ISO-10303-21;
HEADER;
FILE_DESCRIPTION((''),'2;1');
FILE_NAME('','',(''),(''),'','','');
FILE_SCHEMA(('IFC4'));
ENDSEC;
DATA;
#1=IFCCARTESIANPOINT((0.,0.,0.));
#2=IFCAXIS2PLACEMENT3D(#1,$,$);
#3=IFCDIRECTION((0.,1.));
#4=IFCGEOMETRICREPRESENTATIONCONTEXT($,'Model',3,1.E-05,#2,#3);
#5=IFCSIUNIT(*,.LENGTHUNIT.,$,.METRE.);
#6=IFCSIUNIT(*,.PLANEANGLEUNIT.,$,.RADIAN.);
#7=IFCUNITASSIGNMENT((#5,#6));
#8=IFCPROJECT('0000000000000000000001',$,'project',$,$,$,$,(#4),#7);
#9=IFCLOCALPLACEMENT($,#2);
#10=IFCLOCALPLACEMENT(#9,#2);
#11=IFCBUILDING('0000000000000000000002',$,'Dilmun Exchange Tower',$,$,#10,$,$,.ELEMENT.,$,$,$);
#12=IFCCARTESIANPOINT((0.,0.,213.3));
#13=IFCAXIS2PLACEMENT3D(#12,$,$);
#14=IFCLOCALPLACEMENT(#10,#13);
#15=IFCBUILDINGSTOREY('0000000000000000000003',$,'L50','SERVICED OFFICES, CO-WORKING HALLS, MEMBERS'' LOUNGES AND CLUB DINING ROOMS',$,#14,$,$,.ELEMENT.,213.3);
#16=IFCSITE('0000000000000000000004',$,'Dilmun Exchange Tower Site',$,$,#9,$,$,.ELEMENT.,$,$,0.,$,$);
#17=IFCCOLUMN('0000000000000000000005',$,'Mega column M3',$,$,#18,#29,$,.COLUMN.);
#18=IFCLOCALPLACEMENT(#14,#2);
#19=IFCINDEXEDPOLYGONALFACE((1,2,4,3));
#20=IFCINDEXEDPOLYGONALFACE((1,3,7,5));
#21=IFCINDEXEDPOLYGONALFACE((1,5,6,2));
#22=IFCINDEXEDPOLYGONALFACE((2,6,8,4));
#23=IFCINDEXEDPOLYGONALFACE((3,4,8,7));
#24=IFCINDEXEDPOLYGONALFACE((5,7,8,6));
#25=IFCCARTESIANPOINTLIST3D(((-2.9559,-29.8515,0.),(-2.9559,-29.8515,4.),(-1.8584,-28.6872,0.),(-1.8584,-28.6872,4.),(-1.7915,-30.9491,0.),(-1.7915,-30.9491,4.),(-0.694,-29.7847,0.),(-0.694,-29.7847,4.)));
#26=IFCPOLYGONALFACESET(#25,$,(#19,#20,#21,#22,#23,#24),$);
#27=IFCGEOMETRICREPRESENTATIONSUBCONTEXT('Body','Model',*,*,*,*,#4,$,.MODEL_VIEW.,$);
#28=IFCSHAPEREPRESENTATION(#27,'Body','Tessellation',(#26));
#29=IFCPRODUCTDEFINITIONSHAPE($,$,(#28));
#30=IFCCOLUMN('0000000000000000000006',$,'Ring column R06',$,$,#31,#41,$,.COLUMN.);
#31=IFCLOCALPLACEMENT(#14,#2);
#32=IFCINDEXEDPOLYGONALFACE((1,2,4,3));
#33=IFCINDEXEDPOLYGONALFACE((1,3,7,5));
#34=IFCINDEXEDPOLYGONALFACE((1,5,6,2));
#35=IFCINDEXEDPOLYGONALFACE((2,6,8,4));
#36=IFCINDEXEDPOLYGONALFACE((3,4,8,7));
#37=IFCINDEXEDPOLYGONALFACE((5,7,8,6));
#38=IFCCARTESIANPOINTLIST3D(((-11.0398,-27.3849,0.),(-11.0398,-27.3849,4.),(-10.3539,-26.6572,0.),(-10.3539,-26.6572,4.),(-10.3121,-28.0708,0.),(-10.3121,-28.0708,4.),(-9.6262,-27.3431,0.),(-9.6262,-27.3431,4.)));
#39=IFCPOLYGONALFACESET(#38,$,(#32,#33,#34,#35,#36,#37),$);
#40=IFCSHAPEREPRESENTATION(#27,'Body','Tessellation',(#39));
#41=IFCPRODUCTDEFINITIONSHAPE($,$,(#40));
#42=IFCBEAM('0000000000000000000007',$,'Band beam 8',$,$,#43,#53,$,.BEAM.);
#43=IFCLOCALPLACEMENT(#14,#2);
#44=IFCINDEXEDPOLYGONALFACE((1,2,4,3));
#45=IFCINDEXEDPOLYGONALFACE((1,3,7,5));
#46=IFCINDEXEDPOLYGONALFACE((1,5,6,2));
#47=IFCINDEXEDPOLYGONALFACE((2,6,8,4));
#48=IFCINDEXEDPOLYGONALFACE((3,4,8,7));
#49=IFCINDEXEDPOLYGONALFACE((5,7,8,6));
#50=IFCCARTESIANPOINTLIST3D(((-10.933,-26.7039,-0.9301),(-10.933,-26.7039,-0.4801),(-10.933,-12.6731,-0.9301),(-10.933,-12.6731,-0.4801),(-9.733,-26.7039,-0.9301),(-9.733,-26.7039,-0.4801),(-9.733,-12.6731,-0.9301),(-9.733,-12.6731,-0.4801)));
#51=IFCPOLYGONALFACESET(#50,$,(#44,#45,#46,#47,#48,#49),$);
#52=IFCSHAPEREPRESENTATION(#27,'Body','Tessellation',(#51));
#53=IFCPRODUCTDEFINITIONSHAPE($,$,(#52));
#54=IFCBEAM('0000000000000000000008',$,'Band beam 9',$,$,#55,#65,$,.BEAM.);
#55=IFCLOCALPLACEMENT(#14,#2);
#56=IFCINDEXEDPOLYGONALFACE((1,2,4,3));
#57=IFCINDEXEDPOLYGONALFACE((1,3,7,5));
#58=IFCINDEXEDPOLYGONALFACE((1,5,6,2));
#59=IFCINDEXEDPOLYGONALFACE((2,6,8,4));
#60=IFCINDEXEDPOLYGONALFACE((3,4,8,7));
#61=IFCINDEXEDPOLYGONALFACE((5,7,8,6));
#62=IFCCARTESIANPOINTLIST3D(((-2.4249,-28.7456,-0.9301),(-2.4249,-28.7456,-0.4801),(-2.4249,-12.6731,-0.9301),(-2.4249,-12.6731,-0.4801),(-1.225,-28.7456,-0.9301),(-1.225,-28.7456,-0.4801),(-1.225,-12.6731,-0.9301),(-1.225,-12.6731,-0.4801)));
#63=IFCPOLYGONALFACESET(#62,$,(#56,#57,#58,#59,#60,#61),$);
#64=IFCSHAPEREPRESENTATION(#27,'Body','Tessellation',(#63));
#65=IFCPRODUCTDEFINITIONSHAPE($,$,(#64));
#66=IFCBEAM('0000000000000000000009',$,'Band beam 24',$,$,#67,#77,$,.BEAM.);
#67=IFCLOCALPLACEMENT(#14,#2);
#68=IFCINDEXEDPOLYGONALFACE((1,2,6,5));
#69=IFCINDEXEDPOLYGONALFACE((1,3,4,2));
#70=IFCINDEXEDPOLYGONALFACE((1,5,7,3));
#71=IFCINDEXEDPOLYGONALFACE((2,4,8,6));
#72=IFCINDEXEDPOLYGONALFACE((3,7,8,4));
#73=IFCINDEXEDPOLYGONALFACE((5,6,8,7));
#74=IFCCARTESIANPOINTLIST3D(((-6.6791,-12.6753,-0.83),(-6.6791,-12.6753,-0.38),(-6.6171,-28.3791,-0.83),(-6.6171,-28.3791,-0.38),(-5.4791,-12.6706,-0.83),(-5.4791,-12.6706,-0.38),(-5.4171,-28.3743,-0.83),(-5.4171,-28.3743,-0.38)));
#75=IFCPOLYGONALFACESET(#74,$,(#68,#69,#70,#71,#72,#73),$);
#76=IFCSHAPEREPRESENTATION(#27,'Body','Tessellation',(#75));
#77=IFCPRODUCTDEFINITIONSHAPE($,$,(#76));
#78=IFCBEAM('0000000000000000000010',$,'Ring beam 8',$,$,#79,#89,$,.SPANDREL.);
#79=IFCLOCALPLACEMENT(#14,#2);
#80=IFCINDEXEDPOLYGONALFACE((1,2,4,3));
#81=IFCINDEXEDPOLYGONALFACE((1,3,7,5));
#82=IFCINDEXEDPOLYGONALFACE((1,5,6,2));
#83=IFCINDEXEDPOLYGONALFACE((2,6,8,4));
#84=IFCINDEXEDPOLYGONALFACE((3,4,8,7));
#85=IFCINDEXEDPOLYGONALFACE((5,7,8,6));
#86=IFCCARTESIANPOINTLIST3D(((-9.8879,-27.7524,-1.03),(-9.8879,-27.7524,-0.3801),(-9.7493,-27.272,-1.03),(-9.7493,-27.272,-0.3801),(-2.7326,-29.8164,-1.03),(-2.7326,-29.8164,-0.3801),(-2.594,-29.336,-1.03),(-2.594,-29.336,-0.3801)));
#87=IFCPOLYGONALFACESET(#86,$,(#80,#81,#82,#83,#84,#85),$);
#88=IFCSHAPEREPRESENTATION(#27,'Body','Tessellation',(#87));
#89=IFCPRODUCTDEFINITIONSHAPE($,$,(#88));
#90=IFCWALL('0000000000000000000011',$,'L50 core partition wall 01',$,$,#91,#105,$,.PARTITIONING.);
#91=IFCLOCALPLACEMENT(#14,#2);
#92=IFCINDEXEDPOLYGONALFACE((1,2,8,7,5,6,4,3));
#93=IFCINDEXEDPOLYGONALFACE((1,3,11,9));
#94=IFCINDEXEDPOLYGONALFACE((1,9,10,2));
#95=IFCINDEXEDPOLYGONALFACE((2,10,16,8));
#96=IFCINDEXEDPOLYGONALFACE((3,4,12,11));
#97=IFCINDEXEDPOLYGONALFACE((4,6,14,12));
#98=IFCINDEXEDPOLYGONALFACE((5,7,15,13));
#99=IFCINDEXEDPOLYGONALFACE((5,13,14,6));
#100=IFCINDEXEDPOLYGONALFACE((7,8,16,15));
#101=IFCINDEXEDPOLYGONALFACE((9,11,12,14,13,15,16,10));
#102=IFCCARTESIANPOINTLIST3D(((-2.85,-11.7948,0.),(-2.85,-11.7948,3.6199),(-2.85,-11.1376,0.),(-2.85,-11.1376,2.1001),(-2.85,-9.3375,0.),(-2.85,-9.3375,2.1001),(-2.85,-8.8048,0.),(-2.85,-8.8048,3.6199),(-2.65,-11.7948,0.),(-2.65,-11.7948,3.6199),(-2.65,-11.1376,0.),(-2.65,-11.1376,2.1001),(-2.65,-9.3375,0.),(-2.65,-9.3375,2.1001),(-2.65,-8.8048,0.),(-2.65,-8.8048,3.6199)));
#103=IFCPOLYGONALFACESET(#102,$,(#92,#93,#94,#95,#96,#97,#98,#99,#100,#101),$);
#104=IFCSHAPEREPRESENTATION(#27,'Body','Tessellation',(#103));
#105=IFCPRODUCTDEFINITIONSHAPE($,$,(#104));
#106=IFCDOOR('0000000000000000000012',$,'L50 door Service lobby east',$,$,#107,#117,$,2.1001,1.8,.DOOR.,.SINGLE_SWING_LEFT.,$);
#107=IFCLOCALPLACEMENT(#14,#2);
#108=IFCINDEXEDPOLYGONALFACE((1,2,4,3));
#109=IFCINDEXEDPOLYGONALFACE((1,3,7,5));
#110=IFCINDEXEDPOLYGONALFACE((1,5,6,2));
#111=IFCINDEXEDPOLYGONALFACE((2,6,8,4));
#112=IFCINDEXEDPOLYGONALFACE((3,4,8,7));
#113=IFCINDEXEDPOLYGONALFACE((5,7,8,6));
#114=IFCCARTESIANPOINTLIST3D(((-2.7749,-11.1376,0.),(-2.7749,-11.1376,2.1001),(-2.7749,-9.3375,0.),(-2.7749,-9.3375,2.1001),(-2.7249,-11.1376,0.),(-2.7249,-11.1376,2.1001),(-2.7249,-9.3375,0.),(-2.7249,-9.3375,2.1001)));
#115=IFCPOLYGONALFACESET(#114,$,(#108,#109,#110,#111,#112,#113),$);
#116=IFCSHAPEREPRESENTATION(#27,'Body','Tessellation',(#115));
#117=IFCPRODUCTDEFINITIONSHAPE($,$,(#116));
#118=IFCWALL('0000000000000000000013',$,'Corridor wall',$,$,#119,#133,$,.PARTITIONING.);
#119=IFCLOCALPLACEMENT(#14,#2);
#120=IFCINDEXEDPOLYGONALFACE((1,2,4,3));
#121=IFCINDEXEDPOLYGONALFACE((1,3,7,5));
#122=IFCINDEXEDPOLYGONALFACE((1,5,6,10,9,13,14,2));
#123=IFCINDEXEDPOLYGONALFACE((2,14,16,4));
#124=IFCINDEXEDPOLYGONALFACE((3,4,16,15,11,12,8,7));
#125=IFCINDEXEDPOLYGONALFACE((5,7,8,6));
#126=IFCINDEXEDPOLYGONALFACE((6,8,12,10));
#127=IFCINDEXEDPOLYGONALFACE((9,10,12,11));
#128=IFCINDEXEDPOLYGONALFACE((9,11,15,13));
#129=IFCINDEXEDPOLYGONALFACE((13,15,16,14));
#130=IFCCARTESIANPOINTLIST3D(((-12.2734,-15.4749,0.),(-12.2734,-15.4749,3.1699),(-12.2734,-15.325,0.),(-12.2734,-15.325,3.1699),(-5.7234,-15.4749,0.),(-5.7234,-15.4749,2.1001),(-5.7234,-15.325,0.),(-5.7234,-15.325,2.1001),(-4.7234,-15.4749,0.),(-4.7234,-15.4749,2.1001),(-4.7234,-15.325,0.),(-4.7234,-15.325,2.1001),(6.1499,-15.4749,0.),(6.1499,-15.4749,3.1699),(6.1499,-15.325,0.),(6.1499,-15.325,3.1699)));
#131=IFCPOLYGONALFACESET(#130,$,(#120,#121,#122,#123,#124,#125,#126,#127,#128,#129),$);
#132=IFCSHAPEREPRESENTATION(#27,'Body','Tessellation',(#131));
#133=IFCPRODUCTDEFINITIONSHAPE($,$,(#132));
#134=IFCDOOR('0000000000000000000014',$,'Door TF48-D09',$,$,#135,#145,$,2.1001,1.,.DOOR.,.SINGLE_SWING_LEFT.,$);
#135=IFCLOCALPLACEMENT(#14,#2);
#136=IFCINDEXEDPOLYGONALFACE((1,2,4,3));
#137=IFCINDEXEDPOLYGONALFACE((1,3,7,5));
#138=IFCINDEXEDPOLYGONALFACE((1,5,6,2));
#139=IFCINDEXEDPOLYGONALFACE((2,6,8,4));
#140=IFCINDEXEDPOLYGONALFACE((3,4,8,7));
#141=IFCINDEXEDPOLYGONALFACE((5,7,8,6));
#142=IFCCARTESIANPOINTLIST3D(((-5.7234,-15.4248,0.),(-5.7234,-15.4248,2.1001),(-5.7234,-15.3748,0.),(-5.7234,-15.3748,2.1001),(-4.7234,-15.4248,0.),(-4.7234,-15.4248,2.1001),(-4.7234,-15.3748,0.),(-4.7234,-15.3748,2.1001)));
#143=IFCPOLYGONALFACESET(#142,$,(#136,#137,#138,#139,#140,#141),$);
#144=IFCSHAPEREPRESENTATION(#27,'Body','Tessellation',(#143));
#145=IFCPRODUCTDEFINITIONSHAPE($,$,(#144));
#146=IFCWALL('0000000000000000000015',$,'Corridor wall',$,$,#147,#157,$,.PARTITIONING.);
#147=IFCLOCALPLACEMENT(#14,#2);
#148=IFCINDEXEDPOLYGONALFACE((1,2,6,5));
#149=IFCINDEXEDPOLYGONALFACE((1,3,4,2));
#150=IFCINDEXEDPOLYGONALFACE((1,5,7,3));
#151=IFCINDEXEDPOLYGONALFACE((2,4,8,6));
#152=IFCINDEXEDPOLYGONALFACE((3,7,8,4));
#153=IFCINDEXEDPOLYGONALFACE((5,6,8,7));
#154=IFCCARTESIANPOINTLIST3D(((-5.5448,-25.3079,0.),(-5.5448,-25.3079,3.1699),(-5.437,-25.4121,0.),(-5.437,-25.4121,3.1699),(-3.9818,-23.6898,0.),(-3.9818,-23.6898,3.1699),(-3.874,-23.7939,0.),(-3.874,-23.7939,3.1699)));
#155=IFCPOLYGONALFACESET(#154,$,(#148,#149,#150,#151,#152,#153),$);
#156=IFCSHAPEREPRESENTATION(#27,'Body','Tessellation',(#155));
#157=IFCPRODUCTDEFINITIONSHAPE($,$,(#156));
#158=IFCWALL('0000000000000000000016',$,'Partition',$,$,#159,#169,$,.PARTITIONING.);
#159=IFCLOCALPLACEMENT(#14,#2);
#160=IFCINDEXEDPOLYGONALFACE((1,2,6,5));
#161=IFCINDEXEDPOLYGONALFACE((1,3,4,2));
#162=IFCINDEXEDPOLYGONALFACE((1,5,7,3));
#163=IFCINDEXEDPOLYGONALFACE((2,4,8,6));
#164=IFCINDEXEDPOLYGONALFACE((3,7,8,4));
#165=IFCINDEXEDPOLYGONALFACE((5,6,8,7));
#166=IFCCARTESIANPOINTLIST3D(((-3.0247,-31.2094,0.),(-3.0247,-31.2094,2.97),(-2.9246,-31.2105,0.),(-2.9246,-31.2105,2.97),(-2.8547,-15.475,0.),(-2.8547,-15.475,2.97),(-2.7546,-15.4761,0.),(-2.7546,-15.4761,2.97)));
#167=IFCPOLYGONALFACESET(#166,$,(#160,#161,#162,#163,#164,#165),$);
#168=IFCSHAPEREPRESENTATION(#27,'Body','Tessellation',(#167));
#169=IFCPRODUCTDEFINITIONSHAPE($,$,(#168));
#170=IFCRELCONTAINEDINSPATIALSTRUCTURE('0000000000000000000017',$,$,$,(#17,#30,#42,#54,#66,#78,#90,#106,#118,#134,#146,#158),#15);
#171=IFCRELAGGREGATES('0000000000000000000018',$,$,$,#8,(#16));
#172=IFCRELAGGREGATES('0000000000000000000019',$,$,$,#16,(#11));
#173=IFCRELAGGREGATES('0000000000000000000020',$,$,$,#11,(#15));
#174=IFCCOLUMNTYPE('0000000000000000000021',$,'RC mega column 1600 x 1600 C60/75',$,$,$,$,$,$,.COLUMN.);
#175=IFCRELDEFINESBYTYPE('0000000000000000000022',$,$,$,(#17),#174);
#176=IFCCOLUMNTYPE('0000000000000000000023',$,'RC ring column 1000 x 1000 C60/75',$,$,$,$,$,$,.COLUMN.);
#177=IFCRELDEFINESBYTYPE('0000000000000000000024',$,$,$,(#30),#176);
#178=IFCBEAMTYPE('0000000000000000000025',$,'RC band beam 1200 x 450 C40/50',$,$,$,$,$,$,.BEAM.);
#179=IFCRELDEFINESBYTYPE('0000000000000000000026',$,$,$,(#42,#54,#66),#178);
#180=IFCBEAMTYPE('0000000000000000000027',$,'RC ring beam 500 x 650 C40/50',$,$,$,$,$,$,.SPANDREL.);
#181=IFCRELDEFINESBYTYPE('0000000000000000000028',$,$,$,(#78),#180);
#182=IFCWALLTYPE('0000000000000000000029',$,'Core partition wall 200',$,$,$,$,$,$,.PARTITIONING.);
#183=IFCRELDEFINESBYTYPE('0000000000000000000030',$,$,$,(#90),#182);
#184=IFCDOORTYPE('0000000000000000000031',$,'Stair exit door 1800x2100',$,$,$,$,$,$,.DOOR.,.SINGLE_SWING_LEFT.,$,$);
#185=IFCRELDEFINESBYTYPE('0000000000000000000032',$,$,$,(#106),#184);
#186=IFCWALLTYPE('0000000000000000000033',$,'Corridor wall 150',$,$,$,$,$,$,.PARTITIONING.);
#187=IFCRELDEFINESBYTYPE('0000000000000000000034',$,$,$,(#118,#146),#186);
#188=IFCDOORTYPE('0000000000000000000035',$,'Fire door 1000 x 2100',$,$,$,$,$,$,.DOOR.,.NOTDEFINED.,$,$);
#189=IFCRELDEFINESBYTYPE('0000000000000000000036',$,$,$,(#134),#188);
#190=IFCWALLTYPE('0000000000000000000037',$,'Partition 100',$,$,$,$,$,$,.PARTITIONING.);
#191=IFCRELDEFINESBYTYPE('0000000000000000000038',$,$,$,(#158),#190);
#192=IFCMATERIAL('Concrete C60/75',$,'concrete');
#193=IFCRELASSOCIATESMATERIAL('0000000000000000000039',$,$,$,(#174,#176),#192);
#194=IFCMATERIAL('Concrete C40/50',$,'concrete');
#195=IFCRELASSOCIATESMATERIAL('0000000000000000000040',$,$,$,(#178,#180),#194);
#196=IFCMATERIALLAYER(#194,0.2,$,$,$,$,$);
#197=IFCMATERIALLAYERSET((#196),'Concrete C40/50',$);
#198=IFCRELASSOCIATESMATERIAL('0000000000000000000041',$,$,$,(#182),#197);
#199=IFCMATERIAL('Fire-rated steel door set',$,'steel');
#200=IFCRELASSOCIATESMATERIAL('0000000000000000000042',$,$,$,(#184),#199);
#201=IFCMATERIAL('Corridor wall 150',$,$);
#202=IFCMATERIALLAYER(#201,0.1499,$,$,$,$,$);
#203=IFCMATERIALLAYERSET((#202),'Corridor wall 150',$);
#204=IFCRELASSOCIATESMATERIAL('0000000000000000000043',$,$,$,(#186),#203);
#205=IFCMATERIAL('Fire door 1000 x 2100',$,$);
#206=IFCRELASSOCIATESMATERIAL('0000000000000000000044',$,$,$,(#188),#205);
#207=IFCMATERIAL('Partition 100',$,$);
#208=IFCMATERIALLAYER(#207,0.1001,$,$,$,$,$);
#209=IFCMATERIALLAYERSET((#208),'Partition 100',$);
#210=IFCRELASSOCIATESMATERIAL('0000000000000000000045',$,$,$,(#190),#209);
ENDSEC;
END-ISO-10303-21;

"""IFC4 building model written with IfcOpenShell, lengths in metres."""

from ifc_helpers import new_model, si_unit, direction, frame, frame_2d, origin, origin_2d, place, context, subcontext, project, spatial, rectangle, extrude, material, layer, layer_set, material_profile, profile_set, type_object, element, fill, save


model = new_model("IFC4")

# Units and contexts
model_context = context("Model", 3, precision=1e-05, world=origin(), true_north=direction((0.0, 1.0)))
body_context = subcontext(model_context, "Body", "Model", "MODEL_VIEW")
ifc_project = project(units=[si_unit("LENGTHUNIT", "METRE"), si_unit("PLANEANGLEUNIT", "RADIAN")], contexts=[model_context])

# Site, building, storey
site_placement = place(None, origin())
site = spatial("IfcSite", under=ifc_project, at=site_placement, Name="Dilmun Exchange Tower Site", CompositionType="ELEMENT", RefElevation=0.0)
building_placement = place(site_placement, origin())
building = spatial("IfcBuilding", under=site, at=building_placement, Name="Dilmun Exchange Tower", CompositionType="ELEMENT")
storey_placement = place(building_placement, frame((0.0, 0.0, 213.3)))
storey = spatial("IfcBuildingStorey", under=building, at=storey_placement, Name="L50", Description="SERVICED OFFICES, CO-WORKING HALLS, MEMBERS' LOUNGES AND CLUB DINING ROOMS", CompositionType="ELEMENT", Elevation=213.3)

# Columns
ifc_material_1 = material(Name="Concrete C60/75", Category="concrete")
ifc_material_profile_1 = material_profile(ifc_material_1, rectangle(XDim=1.6001, YDim=1.6001, at=origin_2d()), Name="1600 x 1600")
ifc_profile_set_1 = profile_set([ifc_material_profile_1], Name="Concrete C60/75")
column_type_1 = type_object("IfcColumnType", Name="RC mega column 1600 x 1600 C60/75", PredefinedType="COLUMN", material=ifc_profile_set_1)
column_1_placement = place(storey_placement, frame((-1.825, -29.8181, 0.0), z_axis=(0.0, 0.0, 1.0), x_axis=(0.685916, 0.727681, 0.0)))
element("IfcColumn", 1, at=column_1_placement, inside=storey, type_object=column_type_1, Name="Mega column M3", PredefinedType="COLUMN", context=body_context, shape_type="SweptSolid", body=[
    extrude(rectangle(XDim=1.6001, YDim=1.6001, at=origin_2d()), origin(), (0.0, 0.0, 1.0), 4.0),
])
ifc_material_profile_2 = material_profile(ifc_material_1, rectangle(XDim=1.0, YDim=1.0, at=origin_2d()), Name="1000 x 1000")
ifc_profile_set_2 = profile_set([ifc_material_profile_2], Name="Concrete C60/75")
column_type_2 = type_object("IfcColumnType", Name="RC ring column 1000 x 1000 C60/75", PredefinedType="COLUMN", material=ifc_profile_set_2)
column_2_placement = place(storey_placement, frame((-10.333, -27.364, 0.0), z_axis=(0.0, 0.0, 1.0), x_axis=(0.685916, 0.727681, 0.0)))
element("IfcColumn", 2, at=column_2_placement, inside=storey, type_object=column_type_2, Name="Ring column R06", PredefinedType="COLUMN", context=body_context, shape_type="SweptSolid", body=[
    extrude(rectangle(XDim=1.0, YDim=1.0, at=origin_2d()), origin(), (0.0, 0.0, 1.0), 4.0),
])

# Beams
ifc_material_2 = material(Name="Concrete C40/50", Category="concrete")
ifc_material_profile_3 = material_profile(ifc_material_2, rectangle(XDim=1.2, YDim=0.45, at=origin_2d()), Name="1200 x 450")
ifc_profile_set_3 = profile_set([ifc_material_profile_3], Name="Concrete C40/50")
beam_type_1 = type_object("IfcBeamType", Name="RC band beam 1200 x 450 C40/50", PredefinedType="BEAM", material=ifc_profile_set_3)
beam_1_placement = place(storey_placement, frame((-10.333, -26.7039, -0.7051), z_axis=(0.0, 1.0, 0.0), x_axis=(-1.0, 0.0, 0.0)))
element("IfcBeam", 3, at=beam_1_placement, inside=storey, type_object=beam_type_1, Name="Band beam 8", PredefinedType="BEAM", context=body_context, shape_type="SweptSolid", body=[
    extrude(rectangle(XDim=1.2, YDim=0.45, at=origin_2d()), origin(), (0.0, 0.0, 1.0), 14.0308),
])
beam_2_placement = place(storey_placement, frame((-1.825, -28.7456, -0.7051), z_axis=(0.0, 1.0, 0.0), x_axis=(-1.0, 0.0, 0.0)))
element("IfcBeam", 4, at=beam_2_placement, inside=storey, type_object=beam_type_1, Name="Band beam 9", PredefinedType="BEAM", context=body_context, shape_type="SweptSolid", body=[
    extrude(rectangle(XDim=1.2, YDim=0.45, at=origin_2d()), origin(), (0.0, 0.0, 1.0), 16.0725),
])
beam_3_placement = place(storey_placement, frame((-6.0171, -28.3767, -0.605), z_axis=(-0.003949, 0.999992, 0.0), x_axis=(-0.999992, -0.003949, 0.0)))
element("IfcBeam", 5, at=beam_3_placement, inside=storey, type_object=beam_type_1, Name="Band beam 24", PredefinedType="BEAM", context=body_context, shape_type="SweptSolid", body=[
    extrude(rectangle(XDim=1.2, YDim=0.45, at=origin_2d()), origin(), (0.0, 0.0, 1.0), 15.7039),
])
ifc_material_profile_4 = material_profile(ifc_material_2, rectangle(XDim=0.5, YDim=0.6499, at=origin_2d()), Name="500 x 650")
ifc_profile_set_4 = profile_set([ifc_material_profile_4], Name="Concrete C40/50")
beam_type_2 = type_object("IfcBeamType", Name="RC ring beam 500 x 650 C40/50", PredefinedType="SPANDREL", material=ifc_profile_set_4)
beam_4_placement = place(storey_placement, frame((-9.8186, -27.5122, -0.7051), z_axis=(0.960826, -0.277154, 0.0), x_axis=(0.277154, 0.960826, 0.0)))
element("IfcBeam", 6, at=beam_4_placement, inside=storey, type_object=beam_type_2, Name="Ring beam 8", PredefinedType="SPANDREL", context=body_context, shape_type="SweptSolid", body=[
    extrude(rectangle(XDim=0.5, YDim=0.6499, at=origin_2d()), origin(), (0.0, 0.0, 1.0), 7.447),
])

# Walls, openings, doors
ifc_layer_1 = layer(ifc_material_2, 0.2)
ifc_layer_set_1 = layer_set([ifc_layer_1], Name="Concrete C40/50")
wall_type_1 = type_object("IfcWallType", Name="Core partition wall 200", PredefinedType="PARTITIONING", material=ifc_layer_set_1)
wall_1_placement = place(storey_placement, frame((-2.75, -11.7949, 0.0), z_axis=(0.0, 0.0, 1.0), x_axis=(0.0, 1.0, 0.0)))
wall_1 = element("IfcWall", 7, at=wall_1_placement, inside=storey, type_object=wall_type_1, Name="L50 core partition wall 01", PredefinedType="PARTITIONING", context=body_context, shape_type="SweptSolid", body=[
    extrude(rectangle(XDim=2.99, YDim=0.2, at=frame_2d((1.4951, 0.0))), origin(), (0.0, 0.0, 1.0), 3.6199),
])
opening_1_placement = place(wall_1_placement, frame((0.6575, 0.0, 0.0)))
opening_1 = element("IfcOpeningElement", 8, at=opening_1_placement, cuts=wall_1, PredefinedType="OPENING", context=body_context, shape_type="SweptSolid", body=[
    extrude(rectangle(XDim=1.8, YDim=2.1001, at=frame_2d((0.8999, 1.05))), frame((0.0, 0.1099, 0.0), z_axis=(0.0, -1.0, 0.0), x_axis=(1.0, 0.0, 0.0)), (0.0, 0.0, 1.0), 0.22),
])
ifc_material_3 = material(Name="Fire-rated steel door set", Category="steel")
door_type_1 = type_object("IfcDoorType", Name="Stair exit door 1800x2100", OperationType="SINGLE_SWING_LEFT", PredefinedType="DOOR", material=ifc_material_3)
door_1_placement = place(opening_1_placement, origin())
door_1 = element("IfcDoor", 9, at=door_1_placement, inside=storey, type_object=door_type_1, Name="L50 door Service lobby east", OperationType="SINGLE_SWING_LEFT", OverallHeight=2.1001, OverallWidth=1.8, PredefinedType="DOOR", context=body_context, shape_type="SweptSolid", body=[
    extrude(rectangle(XDim=1.8, YDim=2.1001, at=frame_2d((0.8999, 1.05))), frame((0.0, 0.0249, 0.0), z_axis=(0.0, -1.0, 0.0), x_axis=(1.0, 0.0, 0.0)), (0.0, 0.0, 1.0), 0.05),
])
fill(opening_1, door_1)
ifc_material_4 = material(Name="Corridor wall 150")
ifc_layer_2 = layer(ifc_material_4, 0.1499)
ifc_layer_set_2 = layer_set([ifc_layer_2], Name="Corridor wall 150")
wall_type_2 = type_object("IfcWallType", Name="Corridor wall 150", PredefinedType="PARTITIONING", material=ifc_layer_set_2)
wall_2_placement = place(storey_placement, frame((-12.2734, -15.3999, 0.0), z_axis=(0.0, 0.0, 1.0), x_axis=(1.0, 0.0, 0.0)))
wall_2 = element("IfcWall", 10, at=wall_2_placement, inside=storey, type_object=wall_type_2, Name="Corridor wall", PredefinedType="PARTITIONING", context=body_context, shape_type="SweptSolid", body=[
    extrude(rectangle(XDim=18.4233, YDim=0.1499, at=frame_2d((9.2117, 0.0))), origin(), (0.0, 0.0, 1.0), 3.1699),
])
opening_2_placement = place(wall_2_placement, frame((6.55, 0.0, 0.0)))
opening_2 = element("IfcOpeningElement", 11, at=opening_2_placement, cuts=wall_2, PredefinedType="OPENING", context=body_context, shape_type="SweptSolid", body=[
    extrude(rectangle(XDim=1.0, YDim=2.1001, at=frame_2d((0.5, 1.05))), frame((0.0, 0.085, 0.0), z_axis=(0.0, -1.0, 0.0), x_axis=(1.0, 0.0, 0.0)), (0.0, 0.0, 1.0), 0.1699),
])
ifc_material_5 = material(Name="Fire door 1000 x 2100")
door_type_2 = type_object("IfcDoorType", Name="Fire door 1000 x 2100", OperationType="NOTDEFINED", PredefinedType="DOOR", material=ifc_material_5)
door_2_placement = place(opening_2_placement, frame((1.0, 0.0, 0.0), z_axis=(0.0, 0.0, 1.0), x_axis=(-1.0, 0.0, 0.0)))
door_2 = element("IfcDoor", 12, at=door_2_placement, inside=storey, type_object=door_type_2, Name="Door TF48-D09", OperationType="SINGLE_SWING_LEFT", OverallHeight=2.1001, OverallWidth=1.0, PredefinedType="DOOR", context=body_context, shape_type="SweptSolid", body=[
    extrude(rectangle(XDim=1.0, YDim=2.1001, at=frame_2d((0.5, 1.05))), frame((0.0, 0.0249, 0.0), z_axis=(0.0, -1.0, 0.0), x_axis=(1.0, 0.0, 0.0)), (0.0, 0.0, 1.0), 0.05),
])
fill(opening_2, door_2)

# Walls
wall_3_placement = place(storey_placement, frame((-5.491, -25.3601, 0.0), z_axis=(0.0, 0.0, 1.0), x_axis=(0.694738, 0.719263, 0.0)))
element("IfcWall", 13, at=wall_3_placement, inside=storey, type_object=wall_type_2, Name="Corridor wall", PredefinedType="PARTITIONING", context=body_context, shape_type="SweptSolid", body=[
    extrude(rectangle(XDim=2.2498, YDim=0.1499, at=frame_2d((1.125, 0.0))), origin(), (0.0, 0.0, 1.0), 3.1699),
])
ifc_material_6 = material(Name="Partition 100")
ifc_layer_3 = layer(ifc_material_6, 0.1001)
ifc_layer_set_3 = layer_set([ifc_layer_3], Name="Partition 100")
wall_type_3 = type_object("IfcWallType", Name="Partition 100", PredefinedType="PARTITIONING", material=ifc_layer_set_3)
wall_4_placement = place(storey_placement, frame((-2.9746, -31.21, 0.0), z_axis=(0.0, 0.0, 1.0), x_axis=(0.010799, 0.999942, 0.0)))
element("IfcWall", 14, at=wall_4_placement, inside=storey, type_object=wall_type_3, Name="Partition", PredefinedType="PARTITIONING", context=body_context, shape_type="SweptSolid", body=[
    extrude(rectangle(XDim=15.7354, YDim=0.1001, at=frame_2d((7.8677, 0.0))), origin(), (0.0, 0.0, 1.0), 2.97),
])

save(model, "model.ifc")
